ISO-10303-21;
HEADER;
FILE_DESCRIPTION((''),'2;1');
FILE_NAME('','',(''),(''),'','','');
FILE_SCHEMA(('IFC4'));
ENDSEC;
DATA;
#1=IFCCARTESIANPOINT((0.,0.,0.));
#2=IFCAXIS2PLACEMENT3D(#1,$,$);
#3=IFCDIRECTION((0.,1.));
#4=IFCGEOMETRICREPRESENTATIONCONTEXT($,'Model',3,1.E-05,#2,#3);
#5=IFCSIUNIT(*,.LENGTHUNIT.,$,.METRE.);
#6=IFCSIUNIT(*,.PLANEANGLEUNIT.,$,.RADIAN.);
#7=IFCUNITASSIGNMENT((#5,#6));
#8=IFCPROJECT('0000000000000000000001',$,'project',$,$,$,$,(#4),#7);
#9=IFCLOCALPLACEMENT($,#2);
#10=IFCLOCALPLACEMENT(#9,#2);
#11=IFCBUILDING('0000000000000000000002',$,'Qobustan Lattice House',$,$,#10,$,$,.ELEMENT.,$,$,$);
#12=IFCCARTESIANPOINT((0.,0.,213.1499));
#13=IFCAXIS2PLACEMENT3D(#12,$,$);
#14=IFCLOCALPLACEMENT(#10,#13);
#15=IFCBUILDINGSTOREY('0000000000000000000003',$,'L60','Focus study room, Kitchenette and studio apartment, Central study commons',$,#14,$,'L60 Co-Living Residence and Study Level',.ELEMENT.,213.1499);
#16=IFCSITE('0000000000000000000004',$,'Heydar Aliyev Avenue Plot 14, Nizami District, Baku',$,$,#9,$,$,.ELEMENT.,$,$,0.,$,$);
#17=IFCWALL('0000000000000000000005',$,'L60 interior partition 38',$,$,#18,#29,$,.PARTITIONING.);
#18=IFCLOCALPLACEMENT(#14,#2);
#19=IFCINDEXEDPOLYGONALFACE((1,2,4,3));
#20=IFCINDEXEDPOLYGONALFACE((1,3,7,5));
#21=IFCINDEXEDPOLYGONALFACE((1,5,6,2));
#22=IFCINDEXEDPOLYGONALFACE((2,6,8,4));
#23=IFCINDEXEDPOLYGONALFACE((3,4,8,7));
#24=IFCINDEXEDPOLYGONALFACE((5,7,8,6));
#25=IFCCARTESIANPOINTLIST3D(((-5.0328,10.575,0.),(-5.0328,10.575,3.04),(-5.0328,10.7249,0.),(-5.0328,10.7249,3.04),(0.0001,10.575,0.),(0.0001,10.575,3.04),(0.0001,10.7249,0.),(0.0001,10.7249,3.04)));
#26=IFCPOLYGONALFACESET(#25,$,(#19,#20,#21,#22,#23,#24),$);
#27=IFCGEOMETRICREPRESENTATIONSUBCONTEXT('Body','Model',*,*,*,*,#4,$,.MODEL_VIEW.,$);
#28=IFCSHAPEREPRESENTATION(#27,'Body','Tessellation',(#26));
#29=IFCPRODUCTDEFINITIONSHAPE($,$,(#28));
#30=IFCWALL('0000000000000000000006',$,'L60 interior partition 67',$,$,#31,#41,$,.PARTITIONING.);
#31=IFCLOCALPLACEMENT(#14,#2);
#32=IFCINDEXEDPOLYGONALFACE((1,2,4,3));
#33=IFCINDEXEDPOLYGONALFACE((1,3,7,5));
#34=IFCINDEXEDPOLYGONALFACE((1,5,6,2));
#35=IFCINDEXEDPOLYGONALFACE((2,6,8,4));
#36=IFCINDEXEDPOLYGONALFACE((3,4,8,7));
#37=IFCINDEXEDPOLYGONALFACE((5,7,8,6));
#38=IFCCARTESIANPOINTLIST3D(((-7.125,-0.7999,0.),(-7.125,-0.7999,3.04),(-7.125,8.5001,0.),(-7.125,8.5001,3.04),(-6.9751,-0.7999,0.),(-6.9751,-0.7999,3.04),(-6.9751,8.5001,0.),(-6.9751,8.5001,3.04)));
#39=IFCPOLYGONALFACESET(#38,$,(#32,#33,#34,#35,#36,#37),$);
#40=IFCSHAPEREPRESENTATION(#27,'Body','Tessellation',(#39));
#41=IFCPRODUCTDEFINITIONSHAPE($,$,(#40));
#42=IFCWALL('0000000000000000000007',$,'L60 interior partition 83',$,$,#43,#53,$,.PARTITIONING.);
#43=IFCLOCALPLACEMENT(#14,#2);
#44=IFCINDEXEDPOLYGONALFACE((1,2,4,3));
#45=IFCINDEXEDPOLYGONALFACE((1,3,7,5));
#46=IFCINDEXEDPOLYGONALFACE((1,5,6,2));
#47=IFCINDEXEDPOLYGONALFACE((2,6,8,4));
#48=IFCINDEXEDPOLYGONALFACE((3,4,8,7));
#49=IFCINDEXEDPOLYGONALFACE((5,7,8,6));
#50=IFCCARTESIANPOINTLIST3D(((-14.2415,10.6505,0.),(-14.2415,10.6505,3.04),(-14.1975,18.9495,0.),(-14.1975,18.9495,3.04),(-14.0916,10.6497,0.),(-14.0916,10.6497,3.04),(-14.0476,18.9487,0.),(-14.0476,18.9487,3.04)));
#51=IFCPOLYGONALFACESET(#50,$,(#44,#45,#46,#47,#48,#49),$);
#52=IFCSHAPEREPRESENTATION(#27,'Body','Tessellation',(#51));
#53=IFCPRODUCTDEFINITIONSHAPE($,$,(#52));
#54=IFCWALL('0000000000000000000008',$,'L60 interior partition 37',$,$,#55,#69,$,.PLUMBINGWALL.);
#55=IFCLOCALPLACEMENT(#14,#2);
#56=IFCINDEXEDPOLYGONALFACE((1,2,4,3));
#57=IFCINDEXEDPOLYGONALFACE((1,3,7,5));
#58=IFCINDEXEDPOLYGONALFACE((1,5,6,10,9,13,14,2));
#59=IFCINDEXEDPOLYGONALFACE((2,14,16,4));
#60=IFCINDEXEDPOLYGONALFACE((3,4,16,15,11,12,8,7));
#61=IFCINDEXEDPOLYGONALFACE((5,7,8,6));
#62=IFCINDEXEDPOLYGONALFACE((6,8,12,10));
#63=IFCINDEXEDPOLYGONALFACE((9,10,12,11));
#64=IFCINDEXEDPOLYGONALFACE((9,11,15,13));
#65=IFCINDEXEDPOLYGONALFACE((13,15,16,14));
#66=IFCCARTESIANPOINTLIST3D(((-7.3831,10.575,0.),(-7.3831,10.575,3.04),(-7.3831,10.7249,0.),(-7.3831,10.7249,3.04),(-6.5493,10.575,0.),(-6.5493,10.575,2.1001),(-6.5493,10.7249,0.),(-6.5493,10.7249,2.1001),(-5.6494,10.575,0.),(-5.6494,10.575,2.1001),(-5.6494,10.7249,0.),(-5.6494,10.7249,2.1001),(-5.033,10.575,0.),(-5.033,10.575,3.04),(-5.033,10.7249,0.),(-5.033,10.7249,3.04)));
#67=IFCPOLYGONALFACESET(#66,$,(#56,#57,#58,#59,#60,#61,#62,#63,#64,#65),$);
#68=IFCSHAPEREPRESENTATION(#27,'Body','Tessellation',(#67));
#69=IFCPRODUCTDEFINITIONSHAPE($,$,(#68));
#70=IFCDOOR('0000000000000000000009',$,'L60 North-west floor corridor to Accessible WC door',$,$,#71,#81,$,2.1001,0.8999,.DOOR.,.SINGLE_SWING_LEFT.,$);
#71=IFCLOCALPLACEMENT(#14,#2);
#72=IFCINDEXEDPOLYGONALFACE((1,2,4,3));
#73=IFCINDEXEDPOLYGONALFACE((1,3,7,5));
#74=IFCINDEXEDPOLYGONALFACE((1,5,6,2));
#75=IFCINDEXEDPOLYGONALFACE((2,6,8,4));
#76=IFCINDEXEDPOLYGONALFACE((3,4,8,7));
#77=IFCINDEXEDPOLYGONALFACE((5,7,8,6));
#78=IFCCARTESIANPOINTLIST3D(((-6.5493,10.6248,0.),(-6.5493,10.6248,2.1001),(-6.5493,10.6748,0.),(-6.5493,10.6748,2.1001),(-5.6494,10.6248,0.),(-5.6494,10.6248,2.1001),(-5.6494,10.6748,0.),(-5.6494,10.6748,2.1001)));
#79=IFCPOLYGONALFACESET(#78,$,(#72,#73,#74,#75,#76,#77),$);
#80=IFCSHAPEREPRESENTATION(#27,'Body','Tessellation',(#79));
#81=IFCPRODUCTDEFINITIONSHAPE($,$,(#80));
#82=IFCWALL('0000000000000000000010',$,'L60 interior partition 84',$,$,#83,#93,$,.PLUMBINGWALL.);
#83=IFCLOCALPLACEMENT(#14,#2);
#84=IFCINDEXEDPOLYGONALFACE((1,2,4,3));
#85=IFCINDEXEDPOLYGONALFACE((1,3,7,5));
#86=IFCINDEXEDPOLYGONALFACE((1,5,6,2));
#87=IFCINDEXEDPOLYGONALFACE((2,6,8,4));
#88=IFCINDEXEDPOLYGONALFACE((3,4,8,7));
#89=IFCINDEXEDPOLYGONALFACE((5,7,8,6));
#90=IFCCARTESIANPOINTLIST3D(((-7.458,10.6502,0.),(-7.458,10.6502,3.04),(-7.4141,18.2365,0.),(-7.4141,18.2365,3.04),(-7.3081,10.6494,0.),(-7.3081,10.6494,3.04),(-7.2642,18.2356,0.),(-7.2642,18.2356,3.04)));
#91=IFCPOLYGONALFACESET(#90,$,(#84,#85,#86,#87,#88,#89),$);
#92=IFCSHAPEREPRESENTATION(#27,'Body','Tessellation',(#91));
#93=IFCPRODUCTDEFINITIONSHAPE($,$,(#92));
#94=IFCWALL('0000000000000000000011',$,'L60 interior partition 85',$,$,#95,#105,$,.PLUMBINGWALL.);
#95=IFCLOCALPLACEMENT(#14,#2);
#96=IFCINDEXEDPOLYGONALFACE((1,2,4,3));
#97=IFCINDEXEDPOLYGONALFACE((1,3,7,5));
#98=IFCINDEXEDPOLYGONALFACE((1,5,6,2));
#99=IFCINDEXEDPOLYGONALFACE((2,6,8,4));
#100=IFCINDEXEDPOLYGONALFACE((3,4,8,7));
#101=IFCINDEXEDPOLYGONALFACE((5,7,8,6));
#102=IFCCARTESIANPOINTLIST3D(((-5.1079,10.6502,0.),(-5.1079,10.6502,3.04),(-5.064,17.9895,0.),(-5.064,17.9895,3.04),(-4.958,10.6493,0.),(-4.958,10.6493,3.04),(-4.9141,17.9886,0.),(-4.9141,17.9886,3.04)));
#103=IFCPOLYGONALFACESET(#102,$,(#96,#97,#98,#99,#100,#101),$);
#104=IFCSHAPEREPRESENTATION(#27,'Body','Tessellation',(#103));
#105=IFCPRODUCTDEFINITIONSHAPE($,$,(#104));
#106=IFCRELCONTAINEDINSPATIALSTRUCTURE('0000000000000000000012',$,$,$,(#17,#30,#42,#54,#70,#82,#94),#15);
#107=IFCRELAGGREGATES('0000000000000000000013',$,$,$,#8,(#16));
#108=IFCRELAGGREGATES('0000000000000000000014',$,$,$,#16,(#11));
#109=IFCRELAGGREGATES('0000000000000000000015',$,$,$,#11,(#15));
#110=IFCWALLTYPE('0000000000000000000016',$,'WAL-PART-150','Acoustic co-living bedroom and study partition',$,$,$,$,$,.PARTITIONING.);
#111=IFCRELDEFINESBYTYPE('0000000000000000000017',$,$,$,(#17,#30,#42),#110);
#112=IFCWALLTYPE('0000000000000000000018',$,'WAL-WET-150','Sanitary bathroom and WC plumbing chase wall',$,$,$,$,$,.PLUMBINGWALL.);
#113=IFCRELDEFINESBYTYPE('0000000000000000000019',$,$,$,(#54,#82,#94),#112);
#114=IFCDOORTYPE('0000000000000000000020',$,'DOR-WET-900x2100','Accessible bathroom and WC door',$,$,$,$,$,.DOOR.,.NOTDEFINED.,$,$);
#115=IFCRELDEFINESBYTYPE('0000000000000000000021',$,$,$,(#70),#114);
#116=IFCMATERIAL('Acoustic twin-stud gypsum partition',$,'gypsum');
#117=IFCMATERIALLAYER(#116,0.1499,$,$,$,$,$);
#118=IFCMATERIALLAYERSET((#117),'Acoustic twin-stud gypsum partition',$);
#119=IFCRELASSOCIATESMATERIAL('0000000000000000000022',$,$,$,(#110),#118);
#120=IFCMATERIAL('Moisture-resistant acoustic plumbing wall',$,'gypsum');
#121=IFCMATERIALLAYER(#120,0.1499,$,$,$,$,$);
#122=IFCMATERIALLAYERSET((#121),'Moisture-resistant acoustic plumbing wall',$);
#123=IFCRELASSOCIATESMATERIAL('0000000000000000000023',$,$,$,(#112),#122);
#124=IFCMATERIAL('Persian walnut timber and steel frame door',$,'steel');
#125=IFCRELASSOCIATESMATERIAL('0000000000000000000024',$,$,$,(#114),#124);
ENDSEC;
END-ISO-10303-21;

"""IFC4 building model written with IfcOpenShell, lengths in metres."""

from ifc_helpers import new_model, si_unit, direction, frame, frame_2d, origin, place, context, subcontext, project, spatial, rectangle, extrude, material, layer, layer_set, type_object, element, fill, save


model = new_model("IFC4")

# Units and contexts
model_context = context("Model", 3, precision=1e-05, world=origin(), true_north=direction((0.0, 1.0)))
body_context = subcontext(model_context, "Body", "Model", "MODEL_VIEW")
ifc_project = project(units=[si_unit("LENGTHUNIT", "METRE"), si_unit("PLANEANGLEUNIT", "RADIAN")], contexts=[model_context])

# Site, building, storey
site_placement = place(None, origin())
site = spatial("IfcSite", under=ifc_project, at=site_placement, Name="Heydar Aliyev Avenue Plot 14, Nizami District, Baku", CompositionType="ELEMENT", RefElevation=0.0)
building_placement = place(site_placement, origin())
building = spatial("IfcBuilding", under=site, at=building_placement, Name="Qobustan Lattice House", CompositionType="ELEMENT")
storey_placement = place(building_placement, frame((0.0, 0.0, 213.1499)))
storey = spatial("IfcBuildingStorey", under=building, at=storey_placement, Name="L60", Description="Focus study room, Kitchenette and studio apartment, Central study commons", LongName="L60 Co-Living Residence and Study Level", CompositionType="ELEMENT", Elevation=213.1499)

# Shared definitions
ifc_material_1 = material(Name="Acoustic twin-stud gypsum partition", Category="gypsum")
ifc_layer_1 = layer(ifc_material_1, 0.1499)
ifc_layer_set_1 = layer_set([ifc_layer_1], Name="Acoustic twin-stud gypsum partition")
wall_type_1 = type_object("IfcWallType", Name="WAL-PART-150", Description="Acoustic co-living bedroom and study partition", PredefinedType="PARTITIONING", material=ifc_layer_set_1)

# Walls
wall_1_placement = place(storey_placement, frame((-5.033, 10.6499, 0.0), z_axis=(0.0, 0.0, 1.0), x_axis=(1.0, 0.0, 0.0)))
element("IfcWall", 1, at=wall_1_placement, inside=storey, type_object=wall_type_1, Name="L60 interior partition 38", PredefinedType="PARTITIONING", context=body_context, shape_type="SweptSolid", body=[
    extrude(rectangle(XDim=5.033, YDim=0.1499, at=frame_2d((2.5166, 0.0))), origin(), (0.0, 0.0, 1.0), 3.04),
])
wall_2_placement = place(storey_placement, frame((-7.05, 8.5, 0.0), z_axis=(0.0, 0.0, 1.0), x_axis=(0.0, -1.0, 0.0)))
element("IfcWall", 2, at=wall_2_placement, inside=storey, type_object=wall_type_1, Name="L60 interior partition 67", PredefinedType="PARTITIONING", context=body_context, shape_type="SweptSolid", body=[
    extrude(rectangle(XDim=9.3, YDim=0.1499, at=frame_2d((4.6499, 0.0))), origin(), (0.0, 0.0, 1.0), 3.04),
])
wall_3_placement = place(storey_placement, frame((-14.1226, 18.949, 0.0), z_axis=(0.0, 0.0, 1.0), x_axis=(-0.005295, -0.999986, 0.0)))
element("IfcWall", 3, at=wall_3_placement, inside=storey, type_object=wall_type_1, Name="L60 interior partition 83", PredefinedType="PARTITIONING", context=body_context, shape_type="SweptSolid", body=[
    extrude(rectangle(XDim=8.2991, YDim=0.1499, at=frame_2d((4.1494, 0.0))), origin(), (0.0, 0.0, 1.0), 3.04),
])

# Wall, opening, door
ifc_material_2 = material(Name="Moisture-resistant acoustic plumbing wall", Category="gypsum")
ifc_layer_2 = layer(ifc_material_2, 0.1499)
ifc_layer_set_2 = layer_set([ifc_layer_2], Name="Moisture-resistant acoustic plumbing wall")
wall_type_2 = type_object("IfcWallType", Name="WAL-WET-150", Description="Sanitary bathroom and WC plumbing chase wall", PredefinedType="PLUMBINGWALL", material=ifc_layer_set_2)
wall_4_placement = place(storey_placement, frame((-7.3831, 10.6499, 0.0), z_axis=(0.0, 0.0, 1.0), x_axis=(1.0, 0.0, 0.0)))
wall_4 = element("IfcWall", 4, at=wall_4_placement, inside=storey, type_object=wall_type_2, Name="L60 interior partition 37", PredefinedType="PLUMBINGWALL", context=body_context, shape_type="SweptSolid", body=[
    extrude(rectangle(XDim=2.3501, YDim=0.1499, at=frame_2d((1.175, 0.0))), origin(), (0.0, 0.0, 1.0), 3.04),
])
opening_1_placement = place(wall_4_placement, frame((0.8337, 0.0, 0.0)))
opening_1 = element("IfcOpeningElement", 5, at=opening_1_placement, cuts=wall_4, PredefinedType="OPENING", context=body_context, shape_type="SweptSolid", body=[
    extrude(rectangle(XDim=0.8999, YDim=2.1001, at=frame_2d((0.45, 1.05))), frame((0.0, 0.085, 0.0), z_axis=(0.0, -1.0, 0.0), x_axis=(1.0, 0.0, 0.0)), (0.0, 0.0, 1.0), 0.1699),
])
ifc_material_3 = material(Name="Persian walnut timber and steel frame door", Category="steel")
door_type_1 = type_object("IfcDoorType", Name="DOR-WET-900x2100", Description="Accessible bathroom and WC door", OperationType="NOTDEFINED", PredefinedType="DOOR", material=ifc_material_3)
door_1_placement = place(opening_1_placement, origin())
door_1 = element("IfcDoor", 6, at=door_1_placement, inside=storey, type_object=door_type_1, Name="L60 North-west floor corridor to Accessible WC door", OperationType="SINGLE_SWING_LEFT", OverallHeight=2.1001, OverallWidth=0.8999, PredefinedType="DOOR", context=body_context, shape_type="SweptSolid", body=[
    extrude(rectangle(XDim=0.8999, YDim=2.1001, at=frame_2d((0.45, 1.05))), frame((0.0, 0.0249, 0.0), z_axis=(0.0, -1.0, 0.0), x_axis=(1.0, 0.0, 0.0)), (0.0, 0.0, 1.0), 0.05),
])
fill(opening_1, door_1)

# Walls
wall_5_placement = place(storey_placement, frame((-7.3391, 18.2361, 0.0), z_axis=(0.0, 0.0, 1.0), x_axis=(-0.005793, -0.999983, 0.0)))
element("IfcWall", 7, at=wall_5_placement, inside=storey, type_object=wall_type_2, Name="L60 interior partition 84", PredefinedType="PLUMBINGWALL", context=body_context, shape_type="SweptSolid", body=[
    extrude(rectangle(XDim=7.5864, YDim=0.1499, at=frame_2d((3.7932, 0.0))), origin(), (0.0, 0.0, 1.0), 3.04),
])
wall_6_placement = place(storey_placement, frame((-4.989, 17.989, 0.0), z_axis=(0.0, 0.0, 1.0), x_axis=(-0.005988, -0.999982, 0.0)))
element("IfcWall", 8, at=wall_6_placement, inside=storey, type_object=wall_type_2, Name="L60 interior partition 85", PredefinedType="PLUMBINGWALL", context=body_context, shape_type="SweptSolid", body=[
    extrude(rectangle(XDim=7.3394, YDim=0.1499, at=frame_2d((3.6697, 0.0))), origin(), (0.0, 0.0, 1.0), 3.04),
])

save(model, "model.ifc")
